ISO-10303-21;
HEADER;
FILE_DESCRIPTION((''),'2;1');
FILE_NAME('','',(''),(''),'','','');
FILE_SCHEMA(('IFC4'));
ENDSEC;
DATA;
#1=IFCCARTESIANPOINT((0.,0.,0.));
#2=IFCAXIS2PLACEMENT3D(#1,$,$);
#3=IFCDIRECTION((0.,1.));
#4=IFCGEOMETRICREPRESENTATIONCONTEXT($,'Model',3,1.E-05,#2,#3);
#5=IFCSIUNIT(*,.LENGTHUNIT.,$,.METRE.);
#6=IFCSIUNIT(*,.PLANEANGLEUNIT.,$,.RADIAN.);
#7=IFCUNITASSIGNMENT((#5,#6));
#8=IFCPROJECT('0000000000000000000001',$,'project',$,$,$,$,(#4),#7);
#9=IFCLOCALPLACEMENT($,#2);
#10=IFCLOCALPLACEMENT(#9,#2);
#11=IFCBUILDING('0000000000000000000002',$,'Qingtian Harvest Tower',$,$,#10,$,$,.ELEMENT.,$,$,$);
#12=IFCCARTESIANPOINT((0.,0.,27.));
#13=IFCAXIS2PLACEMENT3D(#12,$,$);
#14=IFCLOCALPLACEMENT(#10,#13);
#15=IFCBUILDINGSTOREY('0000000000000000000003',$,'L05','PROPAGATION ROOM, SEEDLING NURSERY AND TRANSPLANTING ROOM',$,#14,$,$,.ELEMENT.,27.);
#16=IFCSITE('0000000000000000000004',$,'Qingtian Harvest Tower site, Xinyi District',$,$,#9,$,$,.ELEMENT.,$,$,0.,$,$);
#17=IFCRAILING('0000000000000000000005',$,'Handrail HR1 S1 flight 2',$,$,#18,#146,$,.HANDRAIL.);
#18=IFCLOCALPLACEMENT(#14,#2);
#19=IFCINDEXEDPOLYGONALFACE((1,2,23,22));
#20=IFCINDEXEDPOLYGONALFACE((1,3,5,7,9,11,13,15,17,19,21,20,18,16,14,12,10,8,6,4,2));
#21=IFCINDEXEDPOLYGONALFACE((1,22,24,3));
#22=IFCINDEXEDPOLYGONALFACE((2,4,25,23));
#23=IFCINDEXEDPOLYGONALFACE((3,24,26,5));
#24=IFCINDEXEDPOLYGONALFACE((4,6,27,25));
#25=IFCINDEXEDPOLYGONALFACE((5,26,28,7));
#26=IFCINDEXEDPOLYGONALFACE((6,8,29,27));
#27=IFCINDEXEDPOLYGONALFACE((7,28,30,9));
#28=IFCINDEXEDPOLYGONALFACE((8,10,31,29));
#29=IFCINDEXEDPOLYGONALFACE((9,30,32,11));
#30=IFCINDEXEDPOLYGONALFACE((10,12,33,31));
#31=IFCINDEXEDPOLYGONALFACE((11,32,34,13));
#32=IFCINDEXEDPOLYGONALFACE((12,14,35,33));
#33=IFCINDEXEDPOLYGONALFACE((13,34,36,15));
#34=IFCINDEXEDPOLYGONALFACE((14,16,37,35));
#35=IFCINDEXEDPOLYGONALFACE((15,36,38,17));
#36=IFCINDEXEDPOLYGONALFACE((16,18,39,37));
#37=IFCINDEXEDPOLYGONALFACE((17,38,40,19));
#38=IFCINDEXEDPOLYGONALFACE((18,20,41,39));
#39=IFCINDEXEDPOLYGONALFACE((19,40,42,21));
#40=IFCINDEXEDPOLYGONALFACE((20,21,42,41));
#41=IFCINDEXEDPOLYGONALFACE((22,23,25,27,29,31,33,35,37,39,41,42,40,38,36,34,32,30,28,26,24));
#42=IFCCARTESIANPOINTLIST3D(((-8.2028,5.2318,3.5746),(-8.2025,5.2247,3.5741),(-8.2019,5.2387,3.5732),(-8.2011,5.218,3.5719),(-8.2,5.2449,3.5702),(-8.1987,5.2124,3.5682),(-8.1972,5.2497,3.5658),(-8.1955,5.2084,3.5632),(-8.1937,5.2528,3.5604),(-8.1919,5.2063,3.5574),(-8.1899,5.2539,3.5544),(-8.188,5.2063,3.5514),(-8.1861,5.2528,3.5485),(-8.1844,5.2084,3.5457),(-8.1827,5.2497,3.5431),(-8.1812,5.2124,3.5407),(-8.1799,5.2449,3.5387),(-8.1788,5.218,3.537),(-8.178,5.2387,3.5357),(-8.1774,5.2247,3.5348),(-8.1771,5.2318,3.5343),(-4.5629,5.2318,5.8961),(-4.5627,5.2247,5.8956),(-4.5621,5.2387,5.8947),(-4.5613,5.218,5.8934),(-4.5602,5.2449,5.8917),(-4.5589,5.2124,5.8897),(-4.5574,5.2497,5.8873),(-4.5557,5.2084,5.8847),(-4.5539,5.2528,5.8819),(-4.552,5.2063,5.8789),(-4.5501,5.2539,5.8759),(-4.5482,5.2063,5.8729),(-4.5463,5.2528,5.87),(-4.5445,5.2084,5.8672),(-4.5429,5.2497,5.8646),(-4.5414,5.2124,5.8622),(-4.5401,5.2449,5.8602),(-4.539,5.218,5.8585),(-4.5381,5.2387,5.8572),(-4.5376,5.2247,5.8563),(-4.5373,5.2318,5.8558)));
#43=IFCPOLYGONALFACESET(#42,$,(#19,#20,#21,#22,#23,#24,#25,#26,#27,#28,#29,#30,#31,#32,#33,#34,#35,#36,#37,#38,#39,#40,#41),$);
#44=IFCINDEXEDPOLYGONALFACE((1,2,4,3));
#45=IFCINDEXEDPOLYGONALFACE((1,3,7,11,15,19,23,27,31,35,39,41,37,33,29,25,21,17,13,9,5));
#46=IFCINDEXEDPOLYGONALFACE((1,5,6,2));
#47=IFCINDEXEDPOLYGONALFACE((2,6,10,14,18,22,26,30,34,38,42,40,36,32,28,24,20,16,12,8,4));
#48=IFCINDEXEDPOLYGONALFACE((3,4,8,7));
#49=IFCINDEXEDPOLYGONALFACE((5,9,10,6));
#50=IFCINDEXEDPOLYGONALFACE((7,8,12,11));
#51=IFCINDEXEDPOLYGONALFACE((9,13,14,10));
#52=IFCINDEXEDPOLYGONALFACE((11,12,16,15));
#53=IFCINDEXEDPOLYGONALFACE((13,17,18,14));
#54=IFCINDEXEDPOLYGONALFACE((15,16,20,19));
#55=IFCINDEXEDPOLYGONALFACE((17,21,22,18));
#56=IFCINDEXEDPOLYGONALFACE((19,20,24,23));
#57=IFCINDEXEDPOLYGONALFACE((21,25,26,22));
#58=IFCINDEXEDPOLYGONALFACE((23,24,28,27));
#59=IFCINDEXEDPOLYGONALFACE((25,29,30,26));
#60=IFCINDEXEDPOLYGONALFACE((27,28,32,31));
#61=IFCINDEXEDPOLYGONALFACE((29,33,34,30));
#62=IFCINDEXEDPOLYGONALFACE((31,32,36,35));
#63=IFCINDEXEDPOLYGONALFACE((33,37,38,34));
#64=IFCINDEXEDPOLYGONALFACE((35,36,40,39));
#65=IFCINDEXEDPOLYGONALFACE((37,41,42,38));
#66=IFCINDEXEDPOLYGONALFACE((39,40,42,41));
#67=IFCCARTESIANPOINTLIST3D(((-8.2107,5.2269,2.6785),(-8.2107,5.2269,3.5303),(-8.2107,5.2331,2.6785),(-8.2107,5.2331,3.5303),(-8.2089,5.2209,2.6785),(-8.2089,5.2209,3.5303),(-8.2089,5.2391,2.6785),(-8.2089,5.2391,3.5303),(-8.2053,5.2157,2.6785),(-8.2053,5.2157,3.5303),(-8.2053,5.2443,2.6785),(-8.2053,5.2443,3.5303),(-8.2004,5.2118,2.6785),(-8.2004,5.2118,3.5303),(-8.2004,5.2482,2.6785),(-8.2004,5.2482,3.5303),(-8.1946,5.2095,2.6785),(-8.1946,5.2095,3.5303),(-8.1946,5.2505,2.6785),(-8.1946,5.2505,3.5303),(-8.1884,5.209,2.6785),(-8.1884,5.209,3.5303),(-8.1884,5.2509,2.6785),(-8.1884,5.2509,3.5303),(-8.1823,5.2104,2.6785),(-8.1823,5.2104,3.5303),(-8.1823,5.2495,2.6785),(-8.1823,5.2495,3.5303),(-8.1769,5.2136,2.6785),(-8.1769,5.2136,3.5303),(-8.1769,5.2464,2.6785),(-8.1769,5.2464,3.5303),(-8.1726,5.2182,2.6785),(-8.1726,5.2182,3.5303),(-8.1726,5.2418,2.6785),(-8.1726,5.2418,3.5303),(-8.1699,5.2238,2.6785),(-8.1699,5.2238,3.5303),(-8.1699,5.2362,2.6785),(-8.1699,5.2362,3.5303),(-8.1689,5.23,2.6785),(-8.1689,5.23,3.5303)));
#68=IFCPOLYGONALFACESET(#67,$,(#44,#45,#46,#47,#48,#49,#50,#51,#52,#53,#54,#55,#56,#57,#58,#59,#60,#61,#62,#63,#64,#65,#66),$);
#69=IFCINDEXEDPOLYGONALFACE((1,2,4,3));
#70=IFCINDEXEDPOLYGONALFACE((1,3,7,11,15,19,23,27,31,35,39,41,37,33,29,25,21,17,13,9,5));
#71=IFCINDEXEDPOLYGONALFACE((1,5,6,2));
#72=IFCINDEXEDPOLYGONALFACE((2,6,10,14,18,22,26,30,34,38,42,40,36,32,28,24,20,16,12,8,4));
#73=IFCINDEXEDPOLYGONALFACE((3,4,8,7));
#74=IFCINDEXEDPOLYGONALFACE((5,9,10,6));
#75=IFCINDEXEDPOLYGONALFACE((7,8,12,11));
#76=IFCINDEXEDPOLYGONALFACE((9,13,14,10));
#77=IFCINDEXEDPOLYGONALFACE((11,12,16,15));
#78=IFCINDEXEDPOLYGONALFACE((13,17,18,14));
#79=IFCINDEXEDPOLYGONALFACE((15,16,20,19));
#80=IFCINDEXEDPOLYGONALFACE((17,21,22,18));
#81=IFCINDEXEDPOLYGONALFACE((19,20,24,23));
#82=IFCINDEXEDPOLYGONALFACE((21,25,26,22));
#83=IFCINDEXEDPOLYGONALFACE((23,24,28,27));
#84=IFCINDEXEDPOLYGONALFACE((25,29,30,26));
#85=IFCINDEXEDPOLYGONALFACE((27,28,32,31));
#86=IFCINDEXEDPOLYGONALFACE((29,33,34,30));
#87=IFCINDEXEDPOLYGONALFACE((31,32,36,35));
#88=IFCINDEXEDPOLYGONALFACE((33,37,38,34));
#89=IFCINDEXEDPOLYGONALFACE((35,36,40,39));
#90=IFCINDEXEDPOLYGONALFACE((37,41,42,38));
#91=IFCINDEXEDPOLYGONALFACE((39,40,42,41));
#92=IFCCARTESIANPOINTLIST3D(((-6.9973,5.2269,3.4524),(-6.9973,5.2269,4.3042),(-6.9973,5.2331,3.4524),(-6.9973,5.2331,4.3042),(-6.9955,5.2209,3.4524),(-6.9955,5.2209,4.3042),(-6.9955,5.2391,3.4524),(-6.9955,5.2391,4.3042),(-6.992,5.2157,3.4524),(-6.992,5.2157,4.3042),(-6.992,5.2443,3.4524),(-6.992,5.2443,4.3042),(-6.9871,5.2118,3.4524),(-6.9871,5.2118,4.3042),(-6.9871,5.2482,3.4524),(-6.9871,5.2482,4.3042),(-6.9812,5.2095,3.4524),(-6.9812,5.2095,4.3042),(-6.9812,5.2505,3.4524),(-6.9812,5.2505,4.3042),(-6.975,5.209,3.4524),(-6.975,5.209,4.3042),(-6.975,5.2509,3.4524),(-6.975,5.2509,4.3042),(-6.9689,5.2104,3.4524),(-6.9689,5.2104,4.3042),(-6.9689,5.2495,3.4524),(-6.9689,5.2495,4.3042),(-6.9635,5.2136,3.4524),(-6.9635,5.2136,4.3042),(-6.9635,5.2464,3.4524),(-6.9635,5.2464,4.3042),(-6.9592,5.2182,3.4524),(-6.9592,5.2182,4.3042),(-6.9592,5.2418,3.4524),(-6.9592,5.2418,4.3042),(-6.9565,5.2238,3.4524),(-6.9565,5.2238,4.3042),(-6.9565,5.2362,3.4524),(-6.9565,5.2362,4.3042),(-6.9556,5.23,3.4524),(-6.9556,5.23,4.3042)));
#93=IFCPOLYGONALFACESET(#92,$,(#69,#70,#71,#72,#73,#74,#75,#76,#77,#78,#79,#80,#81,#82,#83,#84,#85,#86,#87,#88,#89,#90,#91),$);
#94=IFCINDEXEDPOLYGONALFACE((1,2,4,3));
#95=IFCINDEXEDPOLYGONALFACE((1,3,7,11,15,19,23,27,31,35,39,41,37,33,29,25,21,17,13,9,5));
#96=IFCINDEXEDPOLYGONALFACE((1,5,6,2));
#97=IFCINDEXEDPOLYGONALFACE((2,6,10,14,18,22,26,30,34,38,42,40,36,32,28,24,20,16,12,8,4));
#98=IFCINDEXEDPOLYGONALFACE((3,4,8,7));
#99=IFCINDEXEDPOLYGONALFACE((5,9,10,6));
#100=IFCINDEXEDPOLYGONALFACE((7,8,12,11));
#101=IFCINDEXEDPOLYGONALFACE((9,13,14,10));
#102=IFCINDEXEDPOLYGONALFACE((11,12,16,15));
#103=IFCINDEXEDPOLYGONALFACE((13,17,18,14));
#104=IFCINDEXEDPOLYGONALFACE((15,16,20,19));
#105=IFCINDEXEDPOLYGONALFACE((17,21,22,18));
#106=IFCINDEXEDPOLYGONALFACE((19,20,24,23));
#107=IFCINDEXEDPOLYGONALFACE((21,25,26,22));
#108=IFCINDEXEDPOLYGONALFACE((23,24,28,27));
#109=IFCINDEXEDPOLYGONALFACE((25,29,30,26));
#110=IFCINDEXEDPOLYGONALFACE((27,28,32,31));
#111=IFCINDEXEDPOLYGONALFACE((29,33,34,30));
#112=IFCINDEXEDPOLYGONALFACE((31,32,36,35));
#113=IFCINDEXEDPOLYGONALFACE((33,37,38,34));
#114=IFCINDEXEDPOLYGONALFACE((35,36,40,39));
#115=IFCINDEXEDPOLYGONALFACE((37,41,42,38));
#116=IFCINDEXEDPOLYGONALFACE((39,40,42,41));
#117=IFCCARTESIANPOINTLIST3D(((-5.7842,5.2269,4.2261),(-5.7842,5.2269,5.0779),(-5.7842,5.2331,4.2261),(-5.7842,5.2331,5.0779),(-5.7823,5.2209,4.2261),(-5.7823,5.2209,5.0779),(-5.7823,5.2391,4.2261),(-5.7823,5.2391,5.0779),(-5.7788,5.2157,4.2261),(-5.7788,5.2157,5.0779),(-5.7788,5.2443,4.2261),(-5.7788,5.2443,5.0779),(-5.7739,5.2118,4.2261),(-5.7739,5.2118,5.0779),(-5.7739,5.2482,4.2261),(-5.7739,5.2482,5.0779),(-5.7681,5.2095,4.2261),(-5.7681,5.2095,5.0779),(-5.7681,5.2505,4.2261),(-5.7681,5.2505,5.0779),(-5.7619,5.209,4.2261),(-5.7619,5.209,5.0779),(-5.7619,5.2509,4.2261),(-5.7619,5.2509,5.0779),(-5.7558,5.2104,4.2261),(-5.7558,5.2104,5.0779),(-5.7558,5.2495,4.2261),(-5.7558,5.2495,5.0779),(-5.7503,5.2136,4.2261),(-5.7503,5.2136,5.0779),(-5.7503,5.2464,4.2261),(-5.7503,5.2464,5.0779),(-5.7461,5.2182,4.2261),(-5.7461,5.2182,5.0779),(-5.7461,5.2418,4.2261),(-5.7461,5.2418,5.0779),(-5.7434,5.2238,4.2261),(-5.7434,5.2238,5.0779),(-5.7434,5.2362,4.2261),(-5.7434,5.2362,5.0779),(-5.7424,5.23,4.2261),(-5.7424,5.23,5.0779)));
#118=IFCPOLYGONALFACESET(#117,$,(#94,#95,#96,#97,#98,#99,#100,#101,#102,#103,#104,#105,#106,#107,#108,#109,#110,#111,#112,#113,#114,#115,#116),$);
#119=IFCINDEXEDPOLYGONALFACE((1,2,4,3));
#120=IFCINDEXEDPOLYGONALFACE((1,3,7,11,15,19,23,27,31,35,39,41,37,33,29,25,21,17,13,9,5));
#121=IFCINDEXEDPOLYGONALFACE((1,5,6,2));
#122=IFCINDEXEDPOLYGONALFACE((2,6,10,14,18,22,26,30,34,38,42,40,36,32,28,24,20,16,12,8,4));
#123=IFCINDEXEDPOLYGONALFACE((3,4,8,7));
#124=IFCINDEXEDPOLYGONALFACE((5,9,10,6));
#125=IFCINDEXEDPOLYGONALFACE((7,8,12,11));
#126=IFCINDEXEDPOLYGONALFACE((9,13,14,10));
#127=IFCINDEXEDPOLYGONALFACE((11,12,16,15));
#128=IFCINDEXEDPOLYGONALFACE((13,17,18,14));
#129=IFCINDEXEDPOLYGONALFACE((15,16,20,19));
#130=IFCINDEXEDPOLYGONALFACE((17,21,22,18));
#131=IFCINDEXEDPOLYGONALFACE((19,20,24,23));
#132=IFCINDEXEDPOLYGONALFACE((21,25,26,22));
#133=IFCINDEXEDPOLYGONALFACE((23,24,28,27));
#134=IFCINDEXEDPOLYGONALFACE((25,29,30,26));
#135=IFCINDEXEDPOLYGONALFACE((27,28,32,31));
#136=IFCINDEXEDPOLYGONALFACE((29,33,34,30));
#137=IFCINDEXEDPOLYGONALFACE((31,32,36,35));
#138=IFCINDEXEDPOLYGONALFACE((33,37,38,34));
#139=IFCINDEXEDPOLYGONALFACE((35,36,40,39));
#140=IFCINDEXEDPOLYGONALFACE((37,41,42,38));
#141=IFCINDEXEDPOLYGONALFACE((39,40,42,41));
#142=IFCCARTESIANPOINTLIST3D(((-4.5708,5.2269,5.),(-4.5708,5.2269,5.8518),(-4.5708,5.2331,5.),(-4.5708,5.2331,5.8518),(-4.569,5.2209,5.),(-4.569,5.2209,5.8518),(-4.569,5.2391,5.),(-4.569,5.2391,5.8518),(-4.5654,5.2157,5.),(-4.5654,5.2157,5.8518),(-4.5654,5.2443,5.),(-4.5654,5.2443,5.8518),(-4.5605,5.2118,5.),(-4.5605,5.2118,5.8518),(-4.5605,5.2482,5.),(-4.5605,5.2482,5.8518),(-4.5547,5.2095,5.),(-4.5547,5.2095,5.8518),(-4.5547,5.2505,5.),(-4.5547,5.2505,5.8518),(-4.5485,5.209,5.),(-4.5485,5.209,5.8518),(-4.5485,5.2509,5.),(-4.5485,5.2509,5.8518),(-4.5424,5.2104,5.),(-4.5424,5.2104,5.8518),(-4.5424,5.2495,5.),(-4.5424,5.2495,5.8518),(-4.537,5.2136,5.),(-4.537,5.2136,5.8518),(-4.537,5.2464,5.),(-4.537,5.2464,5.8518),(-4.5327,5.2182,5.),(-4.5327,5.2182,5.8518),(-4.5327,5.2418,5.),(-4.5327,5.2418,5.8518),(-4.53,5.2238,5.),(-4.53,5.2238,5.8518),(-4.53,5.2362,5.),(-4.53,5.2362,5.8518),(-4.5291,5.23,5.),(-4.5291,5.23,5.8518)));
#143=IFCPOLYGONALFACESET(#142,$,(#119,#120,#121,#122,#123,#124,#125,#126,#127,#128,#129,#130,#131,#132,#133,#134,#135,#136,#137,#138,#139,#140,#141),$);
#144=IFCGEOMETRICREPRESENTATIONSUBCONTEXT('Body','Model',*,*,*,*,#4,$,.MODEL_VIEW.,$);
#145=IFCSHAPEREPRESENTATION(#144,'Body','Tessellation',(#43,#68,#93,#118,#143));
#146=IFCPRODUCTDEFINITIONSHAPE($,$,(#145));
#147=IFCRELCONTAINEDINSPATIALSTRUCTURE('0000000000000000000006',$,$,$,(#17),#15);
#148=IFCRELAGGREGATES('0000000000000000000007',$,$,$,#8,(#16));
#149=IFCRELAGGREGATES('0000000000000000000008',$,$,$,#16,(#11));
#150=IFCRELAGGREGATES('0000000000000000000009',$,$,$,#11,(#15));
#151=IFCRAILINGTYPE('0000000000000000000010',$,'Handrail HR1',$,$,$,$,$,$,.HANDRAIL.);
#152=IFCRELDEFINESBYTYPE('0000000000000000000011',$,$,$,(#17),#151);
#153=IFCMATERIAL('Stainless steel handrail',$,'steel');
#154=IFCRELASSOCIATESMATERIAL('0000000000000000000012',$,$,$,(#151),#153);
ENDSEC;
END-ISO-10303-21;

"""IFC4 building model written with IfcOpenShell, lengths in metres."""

from ifc_helpers import new_model, si_unit, direction, frame, origin, origin_2d, place, context, subcontext, project, spatial, circle, extrude, material, type_object, element, save


model = new_model("IFC4")

# Units and contexts
model_context = context("Model", 3, precision=1e-05, world=origin(), true_north=direction((0.0, 1.0)))
body_context = subcontext(model_context, "Body", "Model", "MODEL_VIEW")
ifc_project = project(units=[si_unit("LENGTHUNIT", "METRE"), si_unit("PLANEANGLEUNIT", "RADIAN")], contexts=[model_context])

# Site, building, storey
site_placement = place(None, origin())
site = spatial("IfcSite", under=ifc_project, at=site_placement, Name="Qingtian Harvest Tower site, Xinyi District", CompositionType="ELEMENT", RefElevation=0.0)
building_placement = place(site_placement, origin())
building = spatial("IfcBuilding", under=site, at=building_placement, Name="Qingtian Harvest Tower", CompositionType="ELEMENT")
storey_placement = place(building_placement, frame((0.0, 0.0, 27.0)))
storey = spatial("IfcBuildingStorey", under=building, at=storey_placement, Name="L05", Description="PROPAGATION ROOM, SEEDLING NURSERY AND TRANSPLANTING ROOM", CompositionType="ELEMENT", Elevation=27.0)

# Railing
ifc_material_1 = material(Name="Stainless steel handrail", Category="steel")
railing_type = type_object("IfcRailingType", Name="Handrail HR1", PredefinedType="HANDRAIL", material=ifc_material_1)
railing_1_placement = place(storey_placement, frame((-8.1899, 5.23, 2.6785)))
element("IfcRailing", 1, at=railing_1_placement, inside=storey, type_object=railing_type, Name="Handrail HR1 S1 flight 2", PredefinedType="HANDRAIL", context=body_context, shape_type="SweptSolid", body=[
    extrude(circle(Radius=0.0239, at=origin_2d()), frame((0.0, 0.0, 0.876), z_axis=(0.843112, 0.0, 0.537739), x_axis=(0.0, 1.0, 0.0)), (0.0, 0.0, 1.0), 4.3171),
    extrude(circle(Radius=0.021, at=origin_2d()), origin(), (0.0, 0.0, 1.0), 0.8518),
    extrude(circle(Radius=0.021, at=origin_2d()), frame((1.2134, 0.0, 0.7739)), (0.0, 0.0, 1.0), 0.8518),
    extrude(circle(Radius=0.021, at=origin_2d()), frame((2.4265, 0.0, 1.5476)), (0.0, 0.0, 1.0), 0.8518),
    extrude(circle(Radius=0.021, at=origin_2d()), frame((3.6399, 0.0, 2.3215)), (0.0, 0.0, 1.0), 0.8518),
])

save(model, "model.ifc")
